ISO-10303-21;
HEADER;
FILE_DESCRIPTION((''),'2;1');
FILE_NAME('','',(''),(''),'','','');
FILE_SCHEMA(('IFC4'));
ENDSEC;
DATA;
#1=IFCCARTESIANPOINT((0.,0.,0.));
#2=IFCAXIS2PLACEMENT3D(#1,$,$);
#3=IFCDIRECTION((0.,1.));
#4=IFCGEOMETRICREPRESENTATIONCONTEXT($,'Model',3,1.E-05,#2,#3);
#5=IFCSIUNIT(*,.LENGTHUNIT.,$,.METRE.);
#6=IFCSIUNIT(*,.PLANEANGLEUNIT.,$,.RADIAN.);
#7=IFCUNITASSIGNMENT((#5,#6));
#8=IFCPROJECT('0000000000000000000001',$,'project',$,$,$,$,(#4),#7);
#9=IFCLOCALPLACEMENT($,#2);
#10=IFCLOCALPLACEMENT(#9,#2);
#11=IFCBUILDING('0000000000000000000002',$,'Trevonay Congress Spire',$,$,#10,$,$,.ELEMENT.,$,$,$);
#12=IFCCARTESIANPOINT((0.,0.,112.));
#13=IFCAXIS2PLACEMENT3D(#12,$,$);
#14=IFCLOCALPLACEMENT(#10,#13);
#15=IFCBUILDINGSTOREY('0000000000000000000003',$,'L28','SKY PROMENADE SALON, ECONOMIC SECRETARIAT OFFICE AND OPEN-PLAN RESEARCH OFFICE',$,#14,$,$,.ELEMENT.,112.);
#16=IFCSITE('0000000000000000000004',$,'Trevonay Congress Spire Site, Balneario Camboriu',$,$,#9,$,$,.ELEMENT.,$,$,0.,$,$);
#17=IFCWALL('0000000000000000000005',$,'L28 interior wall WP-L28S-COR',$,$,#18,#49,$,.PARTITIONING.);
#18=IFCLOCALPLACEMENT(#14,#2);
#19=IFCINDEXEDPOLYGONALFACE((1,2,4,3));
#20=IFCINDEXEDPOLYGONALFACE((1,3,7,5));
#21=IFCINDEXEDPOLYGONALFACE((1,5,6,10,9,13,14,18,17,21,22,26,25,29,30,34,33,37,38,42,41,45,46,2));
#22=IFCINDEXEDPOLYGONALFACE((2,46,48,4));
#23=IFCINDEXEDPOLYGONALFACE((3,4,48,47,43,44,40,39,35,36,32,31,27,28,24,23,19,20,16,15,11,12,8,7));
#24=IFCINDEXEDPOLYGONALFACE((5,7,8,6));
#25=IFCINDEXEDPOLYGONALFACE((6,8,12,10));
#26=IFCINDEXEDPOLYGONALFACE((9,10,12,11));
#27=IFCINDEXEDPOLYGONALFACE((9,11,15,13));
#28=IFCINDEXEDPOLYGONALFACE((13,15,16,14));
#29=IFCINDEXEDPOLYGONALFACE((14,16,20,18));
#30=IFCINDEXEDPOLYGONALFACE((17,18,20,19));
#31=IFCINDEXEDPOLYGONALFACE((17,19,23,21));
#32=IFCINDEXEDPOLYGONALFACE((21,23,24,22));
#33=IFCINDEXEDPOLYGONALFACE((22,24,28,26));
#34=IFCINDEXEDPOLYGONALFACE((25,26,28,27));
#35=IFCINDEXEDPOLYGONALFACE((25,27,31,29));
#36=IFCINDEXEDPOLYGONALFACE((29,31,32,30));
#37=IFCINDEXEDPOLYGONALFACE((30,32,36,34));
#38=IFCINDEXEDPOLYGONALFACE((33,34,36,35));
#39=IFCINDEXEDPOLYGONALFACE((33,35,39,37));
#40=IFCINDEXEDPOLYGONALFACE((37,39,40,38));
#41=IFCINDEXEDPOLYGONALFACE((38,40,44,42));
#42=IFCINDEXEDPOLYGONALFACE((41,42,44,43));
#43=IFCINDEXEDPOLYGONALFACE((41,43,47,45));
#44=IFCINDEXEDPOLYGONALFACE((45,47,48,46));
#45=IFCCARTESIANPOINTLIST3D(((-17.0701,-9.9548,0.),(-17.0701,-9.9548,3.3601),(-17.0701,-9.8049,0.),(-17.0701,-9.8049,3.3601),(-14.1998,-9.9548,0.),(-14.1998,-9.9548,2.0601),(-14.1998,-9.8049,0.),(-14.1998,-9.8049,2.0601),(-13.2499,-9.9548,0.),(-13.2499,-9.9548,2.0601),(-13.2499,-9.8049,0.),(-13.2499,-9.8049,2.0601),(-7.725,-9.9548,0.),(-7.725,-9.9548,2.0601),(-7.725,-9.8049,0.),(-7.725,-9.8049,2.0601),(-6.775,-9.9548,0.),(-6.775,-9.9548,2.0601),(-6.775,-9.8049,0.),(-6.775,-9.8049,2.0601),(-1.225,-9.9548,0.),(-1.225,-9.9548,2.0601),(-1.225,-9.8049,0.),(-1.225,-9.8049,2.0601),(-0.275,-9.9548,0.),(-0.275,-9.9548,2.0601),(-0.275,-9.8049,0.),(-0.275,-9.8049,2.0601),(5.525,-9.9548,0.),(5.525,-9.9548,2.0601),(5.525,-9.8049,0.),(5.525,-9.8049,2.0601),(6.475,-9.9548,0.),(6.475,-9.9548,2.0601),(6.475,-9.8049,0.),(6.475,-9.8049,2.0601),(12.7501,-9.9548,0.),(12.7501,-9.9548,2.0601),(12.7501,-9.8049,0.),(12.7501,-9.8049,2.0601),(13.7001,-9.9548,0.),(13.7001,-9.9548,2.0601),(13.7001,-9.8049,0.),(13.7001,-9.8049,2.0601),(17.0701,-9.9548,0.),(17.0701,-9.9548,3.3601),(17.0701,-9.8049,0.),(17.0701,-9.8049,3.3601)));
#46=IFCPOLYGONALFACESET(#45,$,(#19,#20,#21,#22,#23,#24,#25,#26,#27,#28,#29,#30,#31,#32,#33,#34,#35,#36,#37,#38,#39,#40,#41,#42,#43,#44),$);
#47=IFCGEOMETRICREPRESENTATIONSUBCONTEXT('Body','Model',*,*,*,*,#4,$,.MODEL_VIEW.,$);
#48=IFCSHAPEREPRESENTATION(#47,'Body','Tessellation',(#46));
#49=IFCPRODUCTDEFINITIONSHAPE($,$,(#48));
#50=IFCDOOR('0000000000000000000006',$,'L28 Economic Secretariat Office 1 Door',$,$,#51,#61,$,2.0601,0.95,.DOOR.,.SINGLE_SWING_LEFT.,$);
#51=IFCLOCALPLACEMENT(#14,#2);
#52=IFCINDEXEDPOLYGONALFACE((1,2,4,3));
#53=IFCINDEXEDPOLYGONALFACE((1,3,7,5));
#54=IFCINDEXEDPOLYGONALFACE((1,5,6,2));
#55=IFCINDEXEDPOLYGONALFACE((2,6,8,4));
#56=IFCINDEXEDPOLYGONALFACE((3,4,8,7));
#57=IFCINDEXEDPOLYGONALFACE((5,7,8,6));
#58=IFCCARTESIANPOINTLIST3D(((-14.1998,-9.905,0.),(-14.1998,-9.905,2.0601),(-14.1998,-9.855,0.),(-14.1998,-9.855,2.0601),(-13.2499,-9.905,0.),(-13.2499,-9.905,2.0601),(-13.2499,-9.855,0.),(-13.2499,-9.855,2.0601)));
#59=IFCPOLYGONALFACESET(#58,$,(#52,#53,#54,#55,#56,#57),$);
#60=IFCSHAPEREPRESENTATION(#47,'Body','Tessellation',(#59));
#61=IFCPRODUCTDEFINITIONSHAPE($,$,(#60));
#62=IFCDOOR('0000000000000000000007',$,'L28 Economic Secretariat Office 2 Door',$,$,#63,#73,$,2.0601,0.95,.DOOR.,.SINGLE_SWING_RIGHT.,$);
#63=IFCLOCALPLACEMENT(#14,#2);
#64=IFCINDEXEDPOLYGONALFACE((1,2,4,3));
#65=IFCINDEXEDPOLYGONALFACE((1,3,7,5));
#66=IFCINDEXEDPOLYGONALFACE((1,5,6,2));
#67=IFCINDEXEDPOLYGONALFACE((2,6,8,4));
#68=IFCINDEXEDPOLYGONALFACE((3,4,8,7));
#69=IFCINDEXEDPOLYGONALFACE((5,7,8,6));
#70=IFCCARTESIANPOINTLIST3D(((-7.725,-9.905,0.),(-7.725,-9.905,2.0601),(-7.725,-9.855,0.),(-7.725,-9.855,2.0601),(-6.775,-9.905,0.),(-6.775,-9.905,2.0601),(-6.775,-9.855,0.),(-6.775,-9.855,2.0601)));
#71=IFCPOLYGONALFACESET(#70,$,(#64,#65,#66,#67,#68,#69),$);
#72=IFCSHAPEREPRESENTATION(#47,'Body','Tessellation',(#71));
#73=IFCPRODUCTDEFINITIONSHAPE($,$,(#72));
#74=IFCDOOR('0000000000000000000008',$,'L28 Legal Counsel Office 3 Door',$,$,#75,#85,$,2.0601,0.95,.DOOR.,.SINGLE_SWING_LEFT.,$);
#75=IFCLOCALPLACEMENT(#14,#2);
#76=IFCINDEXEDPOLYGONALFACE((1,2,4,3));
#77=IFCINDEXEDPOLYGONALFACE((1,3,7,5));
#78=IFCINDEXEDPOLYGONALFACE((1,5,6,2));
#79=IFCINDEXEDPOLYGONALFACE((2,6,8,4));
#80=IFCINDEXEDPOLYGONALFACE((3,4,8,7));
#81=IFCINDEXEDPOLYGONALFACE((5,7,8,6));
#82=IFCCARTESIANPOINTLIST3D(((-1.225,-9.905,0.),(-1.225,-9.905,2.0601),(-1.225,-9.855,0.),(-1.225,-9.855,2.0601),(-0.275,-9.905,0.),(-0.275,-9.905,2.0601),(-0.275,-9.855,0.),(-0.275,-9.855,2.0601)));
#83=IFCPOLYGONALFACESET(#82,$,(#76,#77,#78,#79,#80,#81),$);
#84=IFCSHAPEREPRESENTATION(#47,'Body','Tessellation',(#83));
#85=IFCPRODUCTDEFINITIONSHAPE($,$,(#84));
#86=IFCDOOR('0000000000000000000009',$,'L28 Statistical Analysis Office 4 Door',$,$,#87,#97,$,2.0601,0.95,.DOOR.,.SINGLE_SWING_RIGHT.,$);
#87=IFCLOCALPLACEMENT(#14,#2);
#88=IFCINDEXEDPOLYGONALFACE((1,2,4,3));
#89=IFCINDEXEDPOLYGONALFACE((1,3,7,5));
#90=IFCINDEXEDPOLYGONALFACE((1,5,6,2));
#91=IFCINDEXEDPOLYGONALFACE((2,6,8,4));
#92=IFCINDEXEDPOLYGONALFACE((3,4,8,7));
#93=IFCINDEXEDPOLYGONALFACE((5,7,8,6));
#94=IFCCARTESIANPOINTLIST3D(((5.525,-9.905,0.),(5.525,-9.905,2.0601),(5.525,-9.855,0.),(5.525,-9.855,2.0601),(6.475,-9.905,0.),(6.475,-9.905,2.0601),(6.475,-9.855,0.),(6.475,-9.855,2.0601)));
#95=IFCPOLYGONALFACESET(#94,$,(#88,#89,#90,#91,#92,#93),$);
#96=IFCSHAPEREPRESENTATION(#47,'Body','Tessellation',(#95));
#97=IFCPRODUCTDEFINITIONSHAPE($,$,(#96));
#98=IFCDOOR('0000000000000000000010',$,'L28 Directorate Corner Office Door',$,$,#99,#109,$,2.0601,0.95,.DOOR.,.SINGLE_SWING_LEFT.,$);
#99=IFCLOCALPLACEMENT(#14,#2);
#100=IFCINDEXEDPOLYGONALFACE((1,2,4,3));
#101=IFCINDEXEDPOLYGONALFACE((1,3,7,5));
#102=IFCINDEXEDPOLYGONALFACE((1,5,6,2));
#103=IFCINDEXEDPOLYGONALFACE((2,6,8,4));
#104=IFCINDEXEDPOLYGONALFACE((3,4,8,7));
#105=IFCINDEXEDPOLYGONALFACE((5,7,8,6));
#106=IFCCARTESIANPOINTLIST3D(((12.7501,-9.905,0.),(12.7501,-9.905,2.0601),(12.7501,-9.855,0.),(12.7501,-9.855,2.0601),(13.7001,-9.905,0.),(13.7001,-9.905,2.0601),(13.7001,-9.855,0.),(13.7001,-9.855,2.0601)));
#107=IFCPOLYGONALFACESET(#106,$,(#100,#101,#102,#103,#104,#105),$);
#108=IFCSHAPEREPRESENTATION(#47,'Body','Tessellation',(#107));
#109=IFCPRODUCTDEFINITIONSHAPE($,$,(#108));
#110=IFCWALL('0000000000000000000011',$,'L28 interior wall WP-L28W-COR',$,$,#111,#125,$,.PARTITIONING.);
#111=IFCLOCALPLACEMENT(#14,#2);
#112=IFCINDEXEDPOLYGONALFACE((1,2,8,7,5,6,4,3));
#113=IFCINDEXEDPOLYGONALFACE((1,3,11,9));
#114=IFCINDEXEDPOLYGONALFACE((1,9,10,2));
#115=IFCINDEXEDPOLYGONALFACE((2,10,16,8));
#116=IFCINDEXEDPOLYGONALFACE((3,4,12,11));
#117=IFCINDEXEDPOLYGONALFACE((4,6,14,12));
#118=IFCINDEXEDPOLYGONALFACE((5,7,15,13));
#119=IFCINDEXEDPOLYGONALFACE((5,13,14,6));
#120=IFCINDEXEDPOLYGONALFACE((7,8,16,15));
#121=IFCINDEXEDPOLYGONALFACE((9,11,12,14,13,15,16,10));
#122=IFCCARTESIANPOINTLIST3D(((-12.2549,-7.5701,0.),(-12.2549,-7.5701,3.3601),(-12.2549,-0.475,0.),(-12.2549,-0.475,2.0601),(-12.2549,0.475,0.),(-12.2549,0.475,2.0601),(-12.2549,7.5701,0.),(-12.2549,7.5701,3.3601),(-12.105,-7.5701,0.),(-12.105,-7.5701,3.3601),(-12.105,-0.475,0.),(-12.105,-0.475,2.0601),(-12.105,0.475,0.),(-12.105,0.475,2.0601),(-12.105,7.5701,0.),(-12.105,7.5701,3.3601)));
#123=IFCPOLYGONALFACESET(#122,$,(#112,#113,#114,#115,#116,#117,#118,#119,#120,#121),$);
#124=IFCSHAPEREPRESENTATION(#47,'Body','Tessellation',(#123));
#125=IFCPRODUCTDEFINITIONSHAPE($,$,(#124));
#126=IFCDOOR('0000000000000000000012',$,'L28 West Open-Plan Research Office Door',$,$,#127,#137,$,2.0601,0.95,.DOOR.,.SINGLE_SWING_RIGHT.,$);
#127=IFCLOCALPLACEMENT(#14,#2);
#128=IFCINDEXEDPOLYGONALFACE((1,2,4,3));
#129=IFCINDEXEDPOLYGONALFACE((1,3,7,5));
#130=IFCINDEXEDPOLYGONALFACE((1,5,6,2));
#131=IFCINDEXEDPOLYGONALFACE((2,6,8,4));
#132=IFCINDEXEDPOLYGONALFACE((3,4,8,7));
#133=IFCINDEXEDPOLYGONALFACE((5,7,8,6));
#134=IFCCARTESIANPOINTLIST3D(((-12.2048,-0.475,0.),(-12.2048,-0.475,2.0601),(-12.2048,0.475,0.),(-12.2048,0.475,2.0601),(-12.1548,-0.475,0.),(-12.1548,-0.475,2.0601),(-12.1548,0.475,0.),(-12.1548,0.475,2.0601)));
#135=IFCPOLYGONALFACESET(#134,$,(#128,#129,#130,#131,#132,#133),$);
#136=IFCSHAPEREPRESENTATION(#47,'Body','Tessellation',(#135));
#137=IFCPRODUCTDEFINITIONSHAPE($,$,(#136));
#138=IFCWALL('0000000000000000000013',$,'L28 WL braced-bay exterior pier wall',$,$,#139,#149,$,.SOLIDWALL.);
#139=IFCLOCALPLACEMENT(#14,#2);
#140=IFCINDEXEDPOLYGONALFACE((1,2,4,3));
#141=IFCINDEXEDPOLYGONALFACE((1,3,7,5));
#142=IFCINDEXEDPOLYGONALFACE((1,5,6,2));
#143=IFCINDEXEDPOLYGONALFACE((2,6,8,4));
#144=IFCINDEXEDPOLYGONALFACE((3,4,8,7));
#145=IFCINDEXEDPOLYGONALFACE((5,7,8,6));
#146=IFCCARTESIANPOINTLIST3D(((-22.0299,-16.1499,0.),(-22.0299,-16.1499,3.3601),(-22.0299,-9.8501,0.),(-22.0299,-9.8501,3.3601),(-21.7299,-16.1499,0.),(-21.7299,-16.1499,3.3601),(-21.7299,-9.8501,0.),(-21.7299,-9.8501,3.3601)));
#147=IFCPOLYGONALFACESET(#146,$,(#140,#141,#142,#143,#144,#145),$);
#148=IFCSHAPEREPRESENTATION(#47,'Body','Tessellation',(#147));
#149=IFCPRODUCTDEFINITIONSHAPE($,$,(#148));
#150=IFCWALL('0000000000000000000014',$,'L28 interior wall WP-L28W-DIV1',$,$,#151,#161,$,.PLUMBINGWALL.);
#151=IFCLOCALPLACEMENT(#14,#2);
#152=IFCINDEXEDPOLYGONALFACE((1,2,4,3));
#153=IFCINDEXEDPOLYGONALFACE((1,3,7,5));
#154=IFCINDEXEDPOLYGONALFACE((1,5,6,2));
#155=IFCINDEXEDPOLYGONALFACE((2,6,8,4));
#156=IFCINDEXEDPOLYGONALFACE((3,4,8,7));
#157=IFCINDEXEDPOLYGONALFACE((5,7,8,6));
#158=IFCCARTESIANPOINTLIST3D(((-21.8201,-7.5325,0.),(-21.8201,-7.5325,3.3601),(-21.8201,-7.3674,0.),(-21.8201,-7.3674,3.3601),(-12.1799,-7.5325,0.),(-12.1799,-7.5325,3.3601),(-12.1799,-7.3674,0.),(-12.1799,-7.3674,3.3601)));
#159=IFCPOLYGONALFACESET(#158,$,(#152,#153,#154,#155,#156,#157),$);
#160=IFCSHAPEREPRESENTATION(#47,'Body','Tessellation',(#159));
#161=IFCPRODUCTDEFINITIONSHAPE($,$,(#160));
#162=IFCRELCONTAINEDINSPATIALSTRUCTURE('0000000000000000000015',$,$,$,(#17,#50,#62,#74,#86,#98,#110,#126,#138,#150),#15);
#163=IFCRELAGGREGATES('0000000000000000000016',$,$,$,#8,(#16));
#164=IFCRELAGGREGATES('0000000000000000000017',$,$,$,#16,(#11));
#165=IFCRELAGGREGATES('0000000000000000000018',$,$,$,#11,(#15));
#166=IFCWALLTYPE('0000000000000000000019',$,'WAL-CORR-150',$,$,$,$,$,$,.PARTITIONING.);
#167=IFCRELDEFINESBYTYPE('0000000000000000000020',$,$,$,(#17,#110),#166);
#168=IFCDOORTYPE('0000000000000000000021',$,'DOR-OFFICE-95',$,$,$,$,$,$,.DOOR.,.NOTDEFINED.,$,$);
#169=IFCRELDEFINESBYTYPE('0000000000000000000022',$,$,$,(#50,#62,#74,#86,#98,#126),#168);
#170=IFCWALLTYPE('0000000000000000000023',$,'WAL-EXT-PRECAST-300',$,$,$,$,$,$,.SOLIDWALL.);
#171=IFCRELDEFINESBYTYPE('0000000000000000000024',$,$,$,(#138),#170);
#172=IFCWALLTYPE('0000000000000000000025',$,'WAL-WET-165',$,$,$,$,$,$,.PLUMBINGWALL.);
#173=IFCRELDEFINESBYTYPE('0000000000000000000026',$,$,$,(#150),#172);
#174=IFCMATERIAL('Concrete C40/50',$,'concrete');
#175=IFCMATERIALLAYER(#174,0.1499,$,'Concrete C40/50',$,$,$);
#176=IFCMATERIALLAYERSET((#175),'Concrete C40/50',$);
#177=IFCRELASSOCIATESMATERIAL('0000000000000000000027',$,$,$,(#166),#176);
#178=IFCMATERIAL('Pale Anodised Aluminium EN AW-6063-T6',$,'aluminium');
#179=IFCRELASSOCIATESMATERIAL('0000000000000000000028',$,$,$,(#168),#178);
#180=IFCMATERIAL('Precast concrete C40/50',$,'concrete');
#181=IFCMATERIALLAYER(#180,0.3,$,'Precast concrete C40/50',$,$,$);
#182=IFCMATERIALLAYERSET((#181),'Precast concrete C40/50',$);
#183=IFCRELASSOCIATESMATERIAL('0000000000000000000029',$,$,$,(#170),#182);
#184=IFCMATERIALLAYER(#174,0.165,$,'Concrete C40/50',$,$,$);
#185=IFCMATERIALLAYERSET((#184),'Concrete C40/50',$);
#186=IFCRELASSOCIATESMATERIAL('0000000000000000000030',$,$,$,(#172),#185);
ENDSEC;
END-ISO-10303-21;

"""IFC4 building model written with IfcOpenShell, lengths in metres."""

from ifc_helpers import new_model, si_unit, direction, frame, frame_2d, origin, place, context, subcontext, project, spatial, rectangle, extrude, material, layer, layer_set, type_object, element, fill, save


model = new_model("IFC4")

# Units and contexts
model_context = context("Model", 3, precision=1e-05, world=origin(), true_north=direction((0.0, 1.0)))
body_context = subcontext(model_context, "Body", "Model", "MODEL_VIEW")
ifc_project = project(units=[si_unit("LENGTHUNIT", "METRE"), si_unit("PLANEANGLEUNIT", "RADIAN")], contexts=[model_context])

# Site, building, storey
site_placement = place(None, origin())
site = spatial("IfcSite", under=ifc_project, at=site_placement, Name="Trevonay Congress Spire Site, Balneario Camboriu", CompositionType="ELEMENT", RefElevation=0.0)
building_placement = place(site_placement, origin())
building = spatial("IfcBuilding", under=site, at=building_placement, Name="Trevonay Congress Spire", CompositionType="ELEMENT")
storey_placement = place(building_placement, frame((0.0, 0.0, 112.0)))
storey = spatial("IfcBuildingStorey", under=building, at=storey_placement, Name="L28", Description="SKY PROMENADE SALON, ECONOMIC SECRETARIAT OFFICE AND OPEN-PLAN RESEARCH OFFICE", CompositionType="ELEMENT", Elevation=112.0)

# Shared definitions
ifc_material_1 = material(Name="Pale Anodised Aluminium EN AW-6063-T6", Category="aluminium")

# Wall, openings, doors
ifc_material_2 = material(Name="Concrete C40/50", Category="concrete")
ifc_layer_1 = layer(ifc_material_2, 0.1499, Name="Concrete C40/50")
ifc_layer_set_1 = layer_set([ifc_layer_1], Name="Concrete C40/50")
wall_type_1 = type_object("IfcWallType", Name="WAL-CORR-150", PredefinedType="PARTITIONING", material=ifc_layer_set_1)
wall_1_placement = place(storey_placement, frame((-17.0701, -9.8799, 0.0), z_axis=(0.0, 0.0, 1.0), x_axis=(1.0, 0.0, 0.0)))
wall_1 = element("IfcWall", 1, at=wall_1_placement, inside=storey, type_object=wall_type_1, Name="L28 interior wall WP-L28S-COR", PredefinedType="PARTITIONING", context=body_context, shape_type="SweptSolid", body=[
    extrude(rectangle(XDim=34.1401, YDim=0.1499, at=frame_2d((17.0701, 0.0))), origin(), (0.0, 0.0, 1.0), 3.3601),
])
opening_1_placement = place(wall_1_placement, frame((2.8701, 0.0, 0.0)))
opening_1 = element("IfcOpeningElement", 2, at=opening_1_placement, cuts=wall_1, PredefinedType="OPENING", context=body_context, shape_type="SweptSolid", body=[
    extrude(rectangle(XDim=0.95, YDim=2.0601, at=frame_2d((0.4751, 1.03))), frame((0.0, 0.085, 0.0), z_axis=(0.0, -1.0, 0.0), x_axis=(1.0, 0.0, 0.0)), (0.0, 0.0, 1.0), 0.1699),
])
opening_2_placement = place(wall_1_placement, frame((9.345, 0.0, 0.0)))
opening_2 = element("IfcOpeningElement", 3, at=opening_2_placement, cuts=wall_1, PredefinedType="OPENING", context=body_context, shape_type="SweptSolid", body=[
    extrude(rectangle(XDim=0.95, YDim=2.0601, at=frame_2d((0.4751, 1.03))), frame((0.0, 0.085, 0.0), z_axis=(0.0, -1.0, 0.0), x_axis=(1.0, 0.0, 0.0)), (0.0, 0.0, 1.0), 0.1699),
])
opening_3_placement = place(wall_1_placement, frame((15.845, 0.0, 0.0)))
opening_3 = element("IfcOpeningElement", 4, at=opening_3_placement, cuts=wall_1, PredefinedType="OPENING", context=body_context, shape_type="SweptSolid", body=[
    extrude(rectangle(XDim=0.95, YDim=2.0601, at=frame_2d((0.4751, 1.03))), frame((0.0, 0.085, 0.0), z_axis=(0.0, -1.0, 0.0), x_axis=(1.0, 0.0, 0.0)), (0.0, 0.0, 1.0), 0.1699),
])
opening_4_placement = place(wall_1_placement, frame((22.595, 0.0, 0.0)))
opening_4 = element("IfcOpeningElement", 5, at=opening_4_placement, cuts=wall_1, PredefinedType="OPENING", context=body_context, shape_type="SweptSolid", body=[
    extrude(rectangle(XDim=0.95, YDim=2.0601, at=frame_2d((0.4751, 1.03))), frame((0.0, 0.085, 0.0), z_axis=(0.0, -1.0, 0.0), x_axis=(1.0, 0.0, 0.0)), (0.0, 0.0, 1.0), 0.1699),
])
opening_5_placement = place(wall_1_placement, frame((29.8201, 0.0, 0.0)))
opening_5 = element("IfcOpeningElement", 6, at=opening_5_placement, cuts=wall_1, PredefinedType="OPENING", context=body_context, shape_type="SweptSolid", body=[
    extrude(rectangle(XDim=0.95, YDim=2.0601, at=frame_2d((0.4751, 1.03))), frame((0.0, 0.085, 0.0), z_axis=(0.0, -1.0, 0.0), x_axis=(1.0, 0.0, 0.0)), (0.0, 0.0, 1.0), 0.1699),
])
door_type = type_object("IfcDoorType", Name="DOR-OFFICE-95", OperationType="NOTDEFINED", PredefinedType="DOOR", material=ifc_material_1)
door_1_placement = place(opening_1_placement, origin())
door_1 = element("IfcDoor", 7, at=door_1_placement, inside=storey, type_object=door_type, Name="L28 Economic Secretariat Office 1 Door", OperationType="SINGLE_SWING_LEFT", OverallHeight=2.0601, OverallWidth=0.95, PredefinedType="DOOR", context=body_context, shape_type="SweptSolid", body=[
    extrude(rectangle(XDim=0.95, YDim=2.0601, at=frame_2d((0.4751, 1.03))), frame((0.0, 0.0249, 0.0), z_axis=(0.0, -1.0, 0.0), x_axis=(1.0, 0.0, 0.0)), (0.0, 0.0, 1.0), 0.05),
])
fill(opening_1, door_1)
door_2_placement = place(opening_2_placement, origin())
door_2 = element("IfcDoor", 8, at=door_2_placement, inside=storey, type_object=door_type, Name="L28 Economic Secretariat Office 2 Door", OperationType="SINGLE_SWING_RIGHT", OverallHeight=2.0601, OverallWidth=0.95, PredefinedType="DOOR", context=body_context, shape_type="SweptSolid", body=[
    extrude(rectangle(XDim=0.95, YDim=2.0601, at=frame_2d((0.4751, 1.03))), frame((0.0, 0.0249, 0.0), z_axis=(0.0, -1.0, 0.0), x_axis=(1.0, 0.0, 0.0)), (0.0, 0.0, 1.0), 0.05),
])
fill(opening_2, door_2)
door_3_placement = place(opening_3_placement, origin())
door_3 = element("IfcDoor", 9, at=door_3_placement, inside=storey, type_object=door_type, Name="L28 Legal Counsel Office 3 Door", OperationType="SINGLE_SWING_LEFT", OverallHeight=2.0601, OverallWidth=0.95, PredefinedType="DOOR", context=body_context, shape_type="SweptSolid", body=[
    extrude(rectangle(XDim=0.95, YDim=2.0601, at=frame_2d((0.4751, 1.03))), frame((0.0, 0.0249, 0.0), z_axis=(0.0, -1.0, 0.0), x_axis=(1.0, 0.0, 0.0)), (0.0, 0.0, 1.0), 0.05),
])
fill(opening_3, door_3)
door_4_placement = place(opening_4_placement, origin())
door_4 = element("IfcDoor", 10, at=door_4_placement, inside=storey, type_object=door_type, Name="L28 Statistical Analysis Office 4 Door", OperationType="SINGLE_SWING_RIGHT", OverallHeight=2.0601, OverallWidth=0.95, PredefinedType="DOOR", context=body_context, shape_type="SweptSolid", body=[
    extrude(rectangle(XDim=0.95, YDim=2.0601, at=frame_2d((0.4751, 1.03))), frame((0.0, 0.0249, 0.0), z_axis=(0.0, -1.0, 0.0), x_axis=(1.0, 0.0, 0.0)), (0.0, 0.0, 1.0), 0.05),
])
fill(opening_4, door_4)
door_5_placement = place(opening_5_placement, origin())
door_5 = element("IfcDoor", 11, at=door_5_placement, inside=storey, type_object=door_type, Name="L28 Directorate Corner Office Door", OperationType="SINGLE_SWING_LEFT", OverallHeight=2.0601, OverallWidth=0.95, PredefinedType="DOOR", context=body_context, shape_type="SweptSolid", body=[
    extrude(rectangle(XDim=0.95, YDim=2.0601, at=frame_2d((0.4751, 1.03))), frame((0.0, 0.0249, 0.0), z_axis=(0.0, -1.0, 0.0), x_axis=(1.0, 0.0, 0.0)), (0.0, 0.0, 1.0), 0.05),
])
fill(opening_5, door_5)

# Wall, opening, door
wall_2_placement = place(storey_placement, frame((-12.1799, -7.5701, 0.0), z_axis=(0.0, 0.0, 1.0), x_axis=(0.0, 1.0, 0.0)))
wall_2 = element("IfcWall", 12, at=wall_2_placement, inside=storey, type_object=wall_type_1, Name="L28 interior wall WP-L28W-COR", PredefinedType="PARTITIONING", context=body_context, shape_type="SweptSolid", body=[
    extrude(rectangle(XDim=15.1401, YDim=0.1499, at=frame_2d((7.5701, 0.0))), origin(), (0.0, 0.0, 1.0), 3.3601),
])
opening_6_placement = place(wall_2_placement, frame((7.095, 0.0, 0.0)))
opening_6 = element("IfcOpeningElement", 13, at=opening_6_placement, cuts=wall_2, PredefinedType="OPENING", context=body_context, shape_type="SweptSolid", body=[
    extrude(rectangle(XDim=0.95, YDim=2.0601, at=frame_2d((0.4751, 1.03))), frame((0.0, 0.085, 0.0), z_axis=(0.0, -1.0, 0.0), x_axis=(1.0, 0.0, 0.0)), (0.0, 0.0, 1.0), 0.1699),
])
door_6_placement = place(opening_6_placement, origin())
door_6 = element("IfcDoor", 14, at=door_6_placement, inside=storey, type_object=door_type, Name="L28 West Open-Plan Research Office Door", OperationType="SINGLE_SWING_RIGHT", OverallHeight=2.0601, OverallWidth=0.95, PredefinedType="DOOR", context=body_context, shape_type="SweptSolid", body=[
    extrude(rectangle(XDim=0.95, YDim=2.0601, at=frame_2d((0.4751, 1.03))), frame((0.0, 0.0249, 0.0), z_axis=(0.0, -1.0, 0.0), x_axis=(1.0, 0.0, 0.0)), (0.0, 0.0, 1.0), 0.05),
])
fill(opening_6, door_6)

# Walls
ifc_material_3 = material(Name="Precast concrete C40/50", Category="concrete")
ifc_layer_2 = layer(ifc_material_3, 0.3, Name="Precast concrete C40/50")
ifc_layer_set_2 = layer_set([ifc_layer_2], Name="Precast concrete C40/50")
wall_type_2 = type_object("IfcWallType", Name="WAL-EXT-PRECAST-300", PredefinedType="SOLIDWALL", material=ifc_layer_set_2)
wall_3_placement = place(storey_placement, frame((-21.8799, -16.1499, 0.0), z_axis=(0.0, 0.0, 1.0), x_axis=(0.0, 1.0, 0.0)))
element("IfcWall", 15, at=wall_3_placement, inside=storey, type_object=wall_type_2, Name="L28 WL braced-bay exterior pier wall", PredefinedType="SOLIDWALL", context=body_context, shape_type="SweptSolid", body=[
    extrude(rectangle(XDim=6.2998, YDim=0.3, at=frame_2d((3.1499, 0.0))), origin(), (0.0, 0.0, 1.0), 3.3601),
])
ifc_layer_3 = layer(ifc_material_2, 0.165, Name="Concrete C40/50")
ifc_layer_set_3 = layer_set([ifc_layer_3], Name="Concrete C40/50")
wall_type_3 = type_object("IfcWallType", Name="WAL-WET-165", PredefinedType="PLUMBINGWALL", material=ifc_layer_set_3)
wall_4_placement = place(storey_placement, frame((-21.8201, -7.45, 0.0), z_axis=(0.0, 0.0, 1.0), x_axis=(1.0, 0.0, 0.0)))
element("IfcWall", 16, at=wall_4_placement, inside=storey, type_object=wall_type_3, Name="L28 interior wall WP-L28W-DIV1", PredefinedType="PLUMBINGWALL", context=body_context, shape_type="SweptSolid", body=[
    extrude(rectangle(XDim=9.6401, YDim=0.165, at=frame_2d((4.8201, 0.0))), origin(), (0.0, 0.0, 1.0), 3.3601),
])

save(model, "model.ifc")
